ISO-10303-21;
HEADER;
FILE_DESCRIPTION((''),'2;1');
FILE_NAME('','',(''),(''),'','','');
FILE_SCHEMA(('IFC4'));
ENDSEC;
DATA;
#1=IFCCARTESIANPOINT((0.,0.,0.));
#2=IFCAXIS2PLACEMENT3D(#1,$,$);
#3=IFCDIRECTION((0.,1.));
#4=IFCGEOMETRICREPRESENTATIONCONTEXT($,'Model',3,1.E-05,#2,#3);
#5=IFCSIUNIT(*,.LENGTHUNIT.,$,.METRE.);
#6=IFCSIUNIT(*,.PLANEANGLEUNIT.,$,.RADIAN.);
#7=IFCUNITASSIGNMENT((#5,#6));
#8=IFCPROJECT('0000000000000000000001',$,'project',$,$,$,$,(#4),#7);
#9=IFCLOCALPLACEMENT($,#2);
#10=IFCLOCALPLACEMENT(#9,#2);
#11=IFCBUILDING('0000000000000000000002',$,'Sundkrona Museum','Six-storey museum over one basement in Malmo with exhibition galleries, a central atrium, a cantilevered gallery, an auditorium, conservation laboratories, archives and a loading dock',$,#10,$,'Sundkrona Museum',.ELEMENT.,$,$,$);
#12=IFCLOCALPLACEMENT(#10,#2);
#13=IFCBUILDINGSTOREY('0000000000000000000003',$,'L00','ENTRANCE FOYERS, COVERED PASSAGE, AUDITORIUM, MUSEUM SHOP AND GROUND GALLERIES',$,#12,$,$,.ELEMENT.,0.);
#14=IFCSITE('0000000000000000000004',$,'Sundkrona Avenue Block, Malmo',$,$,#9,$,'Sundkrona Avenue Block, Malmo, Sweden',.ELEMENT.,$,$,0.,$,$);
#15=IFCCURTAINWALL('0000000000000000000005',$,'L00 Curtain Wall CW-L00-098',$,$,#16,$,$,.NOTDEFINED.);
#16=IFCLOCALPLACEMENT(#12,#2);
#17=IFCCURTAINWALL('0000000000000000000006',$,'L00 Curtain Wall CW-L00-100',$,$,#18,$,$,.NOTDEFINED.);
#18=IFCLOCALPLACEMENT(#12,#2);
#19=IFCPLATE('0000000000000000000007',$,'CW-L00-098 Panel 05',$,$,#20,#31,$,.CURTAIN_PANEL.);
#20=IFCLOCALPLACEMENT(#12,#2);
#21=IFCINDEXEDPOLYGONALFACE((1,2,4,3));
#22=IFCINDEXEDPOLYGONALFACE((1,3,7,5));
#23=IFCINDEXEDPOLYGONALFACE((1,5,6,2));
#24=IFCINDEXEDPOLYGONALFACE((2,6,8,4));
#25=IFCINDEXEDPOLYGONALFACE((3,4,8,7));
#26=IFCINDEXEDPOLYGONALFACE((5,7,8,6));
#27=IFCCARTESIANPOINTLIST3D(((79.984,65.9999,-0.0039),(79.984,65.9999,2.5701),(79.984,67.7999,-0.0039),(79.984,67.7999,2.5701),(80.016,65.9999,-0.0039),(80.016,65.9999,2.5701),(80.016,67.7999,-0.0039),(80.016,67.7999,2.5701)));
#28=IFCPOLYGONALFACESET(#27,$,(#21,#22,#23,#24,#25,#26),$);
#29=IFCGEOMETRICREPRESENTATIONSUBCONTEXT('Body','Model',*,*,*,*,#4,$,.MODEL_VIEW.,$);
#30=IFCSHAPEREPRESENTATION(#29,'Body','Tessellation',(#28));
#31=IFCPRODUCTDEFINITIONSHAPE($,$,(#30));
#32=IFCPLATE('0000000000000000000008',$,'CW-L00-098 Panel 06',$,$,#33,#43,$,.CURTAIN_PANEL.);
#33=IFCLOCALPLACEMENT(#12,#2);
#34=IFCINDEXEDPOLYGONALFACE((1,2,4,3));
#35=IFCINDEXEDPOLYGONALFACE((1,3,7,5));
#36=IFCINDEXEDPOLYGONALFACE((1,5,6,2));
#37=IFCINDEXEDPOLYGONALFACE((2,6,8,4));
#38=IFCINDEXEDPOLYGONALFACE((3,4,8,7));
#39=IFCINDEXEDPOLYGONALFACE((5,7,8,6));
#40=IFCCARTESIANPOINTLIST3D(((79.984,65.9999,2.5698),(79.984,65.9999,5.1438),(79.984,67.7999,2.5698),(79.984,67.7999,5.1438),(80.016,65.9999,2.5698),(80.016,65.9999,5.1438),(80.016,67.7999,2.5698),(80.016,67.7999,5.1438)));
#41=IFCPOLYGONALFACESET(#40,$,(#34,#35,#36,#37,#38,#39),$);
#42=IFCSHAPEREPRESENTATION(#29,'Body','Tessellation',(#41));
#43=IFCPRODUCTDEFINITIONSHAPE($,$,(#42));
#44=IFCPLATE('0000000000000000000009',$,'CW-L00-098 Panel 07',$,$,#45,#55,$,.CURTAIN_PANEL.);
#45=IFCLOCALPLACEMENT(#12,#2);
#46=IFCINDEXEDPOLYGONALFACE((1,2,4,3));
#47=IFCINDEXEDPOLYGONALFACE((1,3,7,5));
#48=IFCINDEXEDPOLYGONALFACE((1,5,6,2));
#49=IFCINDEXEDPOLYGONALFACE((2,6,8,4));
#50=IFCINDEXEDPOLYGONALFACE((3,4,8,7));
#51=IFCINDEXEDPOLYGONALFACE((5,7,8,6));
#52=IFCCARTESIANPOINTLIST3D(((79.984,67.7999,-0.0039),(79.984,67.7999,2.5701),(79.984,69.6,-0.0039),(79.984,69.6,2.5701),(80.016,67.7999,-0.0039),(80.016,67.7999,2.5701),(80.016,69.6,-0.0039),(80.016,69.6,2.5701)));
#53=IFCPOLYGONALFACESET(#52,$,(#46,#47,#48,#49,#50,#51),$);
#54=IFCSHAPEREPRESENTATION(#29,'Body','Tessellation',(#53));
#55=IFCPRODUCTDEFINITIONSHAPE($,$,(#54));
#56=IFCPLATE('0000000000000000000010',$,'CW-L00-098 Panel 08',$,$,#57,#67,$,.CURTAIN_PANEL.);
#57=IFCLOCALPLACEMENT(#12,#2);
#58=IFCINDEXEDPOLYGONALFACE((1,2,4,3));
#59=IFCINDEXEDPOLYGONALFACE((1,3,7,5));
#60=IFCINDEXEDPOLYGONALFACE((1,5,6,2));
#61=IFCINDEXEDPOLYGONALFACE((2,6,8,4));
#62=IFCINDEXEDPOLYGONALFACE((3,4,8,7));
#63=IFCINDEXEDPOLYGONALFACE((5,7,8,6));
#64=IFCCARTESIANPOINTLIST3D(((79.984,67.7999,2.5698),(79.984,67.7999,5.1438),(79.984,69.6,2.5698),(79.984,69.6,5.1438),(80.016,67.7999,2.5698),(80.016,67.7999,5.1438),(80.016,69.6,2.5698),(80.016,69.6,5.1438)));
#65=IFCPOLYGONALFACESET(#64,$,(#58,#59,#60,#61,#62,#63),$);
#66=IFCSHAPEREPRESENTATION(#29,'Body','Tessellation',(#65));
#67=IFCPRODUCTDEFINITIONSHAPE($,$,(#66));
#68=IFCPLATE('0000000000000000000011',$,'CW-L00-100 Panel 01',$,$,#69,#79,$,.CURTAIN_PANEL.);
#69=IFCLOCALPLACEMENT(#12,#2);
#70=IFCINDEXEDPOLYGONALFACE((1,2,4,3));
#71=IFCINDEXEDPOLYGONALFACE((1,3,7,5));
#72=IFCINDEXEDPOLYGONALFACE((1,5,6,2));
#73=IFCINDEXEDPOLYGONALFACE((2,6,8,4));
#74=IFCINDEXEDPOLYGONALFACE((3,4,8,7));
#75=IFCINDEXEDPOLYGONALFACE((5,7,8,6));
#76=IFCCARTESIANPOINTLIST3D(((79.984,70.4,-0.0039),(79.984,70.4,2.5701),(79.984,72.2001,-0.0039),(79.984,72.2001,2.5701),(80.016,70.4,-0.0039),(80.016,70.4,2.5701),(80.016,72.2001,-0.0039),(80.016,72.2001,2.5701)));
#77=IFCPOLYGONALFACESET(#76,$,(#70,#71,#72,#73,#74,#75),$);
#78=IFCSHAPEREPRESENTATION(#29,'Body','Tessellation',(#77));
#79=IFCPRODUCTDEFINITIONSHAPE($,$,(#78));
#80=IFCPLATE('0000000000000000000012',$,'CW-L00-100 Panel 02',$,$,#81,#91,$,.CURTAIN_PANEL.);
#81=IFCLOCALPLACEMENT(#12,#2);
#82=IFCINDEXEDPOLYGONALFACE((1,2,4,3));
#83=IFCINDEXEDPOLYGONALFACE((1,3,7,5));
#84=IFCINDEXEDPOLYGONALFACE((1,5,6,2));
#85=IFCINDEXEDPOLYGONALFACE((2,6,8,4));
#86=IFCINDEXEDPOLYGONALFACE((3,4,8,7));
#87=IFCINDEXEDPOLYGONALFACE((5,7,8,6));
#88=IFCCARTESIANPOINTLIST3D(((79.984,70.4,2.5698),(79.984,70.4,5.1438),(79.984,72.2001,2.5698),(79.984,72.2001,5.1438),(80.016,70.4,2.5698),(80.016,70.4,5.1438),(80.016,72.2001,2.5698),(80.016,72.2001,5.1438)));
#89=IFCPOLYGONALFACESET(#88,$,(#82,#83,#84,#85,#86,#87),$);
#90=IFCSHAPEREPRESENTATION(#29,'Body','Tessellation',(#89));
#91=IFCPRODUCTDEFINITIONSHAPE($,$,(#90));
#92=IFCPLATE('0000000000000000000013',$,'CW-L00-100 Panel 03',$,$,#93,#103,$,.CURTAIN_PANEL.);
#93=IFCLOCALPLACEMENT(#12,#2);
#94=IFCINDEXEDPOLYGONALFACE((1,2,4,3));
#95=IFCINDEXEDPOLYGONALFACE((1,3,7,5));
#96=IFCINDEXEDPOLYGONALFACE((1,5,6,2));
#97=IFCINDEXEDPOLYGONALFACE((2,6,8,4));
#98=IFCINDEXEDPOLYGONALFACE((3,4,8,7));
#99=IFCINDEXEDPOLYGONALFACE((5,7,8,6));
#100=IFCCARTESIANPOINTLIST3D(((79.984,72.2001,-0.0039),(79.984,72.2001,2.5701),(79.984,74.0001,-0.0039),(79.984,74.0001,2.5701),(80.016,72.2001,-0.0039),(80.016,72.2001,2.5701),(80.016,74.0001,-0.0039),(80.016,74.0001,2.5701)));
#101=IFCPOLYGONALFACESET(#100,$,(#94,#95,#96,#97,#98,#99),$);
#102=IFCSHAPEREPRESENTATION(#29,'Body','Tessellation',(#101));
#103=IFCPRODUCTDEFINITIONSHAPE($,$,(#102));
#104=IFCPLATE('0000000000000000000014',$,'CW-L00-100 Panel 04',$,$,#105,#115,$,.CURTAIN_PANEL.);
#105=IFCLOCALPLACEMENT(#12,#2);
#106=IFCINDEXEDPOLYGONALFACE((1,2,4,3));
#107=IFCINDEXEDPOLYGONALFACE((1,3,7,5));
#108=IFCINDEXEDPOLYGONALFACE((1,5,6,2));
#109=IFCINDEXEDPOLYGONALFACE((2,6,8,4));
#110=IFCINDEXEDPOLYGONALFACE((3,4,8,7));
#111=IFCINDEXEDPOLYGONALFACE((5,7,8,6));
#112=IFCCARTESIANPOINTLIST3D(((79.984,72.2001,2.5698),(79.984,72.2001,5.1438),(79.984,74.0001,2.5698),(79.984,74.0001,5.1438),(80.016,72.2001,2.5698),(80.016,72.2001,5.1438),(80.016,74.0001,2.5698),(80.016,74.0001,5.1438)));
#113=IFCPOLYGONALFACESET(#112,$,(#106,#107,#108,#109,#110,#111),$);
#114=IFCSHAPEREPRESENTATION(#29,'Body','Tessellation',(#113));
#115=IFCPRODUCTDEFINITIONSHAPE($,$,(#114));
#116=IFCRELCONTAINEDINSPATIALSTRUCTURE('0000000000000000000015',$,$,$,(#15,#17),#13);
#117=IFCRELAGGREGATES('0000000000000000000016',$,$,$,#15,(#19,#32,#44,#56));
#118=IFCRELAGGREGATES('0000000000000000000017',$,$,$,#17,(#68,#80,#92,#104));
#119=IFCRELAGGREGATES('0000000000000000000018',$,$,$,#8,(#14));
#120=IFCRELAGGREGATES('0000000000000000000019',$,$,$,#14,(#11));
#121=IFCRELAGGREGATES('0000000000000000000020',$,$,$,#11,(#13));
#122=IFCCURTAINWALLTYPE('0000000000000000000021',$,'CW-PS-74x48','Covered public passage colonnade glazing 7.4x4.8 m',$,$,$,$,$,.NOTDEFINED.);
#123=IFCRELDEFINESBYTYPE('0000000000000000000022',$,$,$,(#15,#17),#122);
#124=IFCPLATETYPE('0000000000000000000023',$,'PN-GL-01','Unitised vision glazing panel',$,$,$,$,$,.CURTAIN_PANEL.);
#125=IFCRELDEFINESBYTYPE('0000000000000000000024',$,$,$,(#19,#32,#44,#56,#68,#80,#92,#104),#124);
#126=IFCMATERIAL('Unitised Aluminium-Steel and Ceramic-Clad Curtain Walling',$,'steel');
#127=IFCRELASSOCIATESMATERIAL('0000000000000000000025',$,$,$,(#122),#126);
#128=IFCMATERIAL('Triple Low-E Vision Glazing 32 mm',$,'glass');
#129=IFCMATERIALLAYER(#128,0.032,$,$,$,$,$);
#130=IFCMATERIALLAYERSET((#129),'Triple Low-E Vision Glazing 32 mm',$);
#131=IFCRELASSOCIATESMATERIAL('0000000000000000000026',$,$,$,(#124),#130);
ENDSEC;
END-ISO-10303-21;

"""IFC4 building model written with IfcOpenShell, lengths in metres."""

from ifc_helpers import new_model, si_unit, direction, frame, origin, origin_2d, place, context, subcontext, project, spatial, rectangle, extrude, material, layer, layer_set, type_object, element, aggregate, save


model = new_model("IFC4")

# Units and contexts
model_context = context("Model", 3, precision=1e-05, world=origin(), true_north=direction((0.0, 1.0)))
body_context = subcontext(model_context, "Body", "Model", "MODEL_VIEW")
ifc_project = project(units=[si_unit("LENGTHUNIT", "METRE"), si_unit("PLANEANGLEUNIT", "RADIAN")], contexts=[model_context])

# Site, building, storey
site_placement = place(None, origin())
site = spatial("IfcSite", under=ifc_project, at=site_placement, Name="Sundkrona Avenue Block, Malmo", LongName="Sundkrona Avenue Block, Malmo, Sweden", CompositionType="ELEMENT", RefElevation=0.0)
building_placement = place(site_placement, origin())
building = spatial("IfcBuilding", under=site, at=building_placement, Name="Sundkrona Museum", Description="Six-storey museum over one basement in Malmo with exhibition galleries, a central atrium, a cantilevered gallery, an auditorium, conservation laboratories, archives and a loading dock", LongName="Sundkrona Museum", CompositionType="ELEMENT")
storey_placement = place(building_placement, origin())
storey = spatial("IfcBuildingStorey", under=building, at=storey_placement, Name="L00", Description="ENTRANCE FOYERS, COVERED PASSAGE, AUDITORIUM, MUSEUM SHOP AND GROUND GALLERIES", CompositionType="ELEMENT", Elevation=0.0)

# Curtain walls
ifc_material_1 = material(Name="Unitised Aluminium-Steel and Ceramic-Clad Curtain Walling", Category="steel")
curtain_wall_type = type_object("IfcCurtainWallType", Name="CW-PS-74x48", Description="Covered public passage colonnade glazing 7.4x4.8 m", PredefinedType="NOTDEFINED", material=ifc_material_1)
curtain_wall_1_placement = place(storey_placement, origin())
curtain_wall_1 = element("IfcCurtainWall", 1, at=curtain_wall_1_placement, inside=storey, type_object=curtain_wall_type, Name="L00 Curtain Wall CW-L00-098", PredefinedType="NOTDEFINED")
curtain_wall_2_placement = place(storey_placement, origin())
curtain_wall_2 = element("IfcCurtainWall", 2, at=curtain_wall_2_placement, inside=storey, type_object=curtain_wall_type, Name="L00 Curtain Wall CW-L00-100", PredefinedType="NOTDEFINED")

# Plates
ifc_material_2 = material(Name="Triple Low-E Vision Glazing 32 mm", Category="glass")
ifc_layer = layer(ifc_material_2, 0.032)
ifc_layer_set = layer_set([ifc_layer], Name="Triple Low-E Vision Glazing 32 mm")
plate_type = type_object("IfcPlateType", Name="PN-GL-01", Description="Unitised vision glazing panel", PredefinedType="CURTAIN_PANEL", material=ifc_layer_set)
plate_1_placement = place(storey_placement, frame((80.0, 66.8999, -0.0039), z_axis=(0.0, 0.0, 1.0), x_axis=(0.0, 1.0, 0.0)))
plate_1 = element("IfcPlate", 3, at=plate_1_placement, type_object=plate_type, Name="CW-L00-098 Panel 05", PredefinedType="CURTAIN_PANEL", context=body_context, shape_type="SweptSolid", body=[
    extrude(rectangle(XDim=1.8, YDim=0.032, at=origin_2d()), origin(), (0.0, 0.0, 1.0), 2.574),
])
plate_2_placement = place(storey_placement, frame((80.0, 66.8999, 2.5698), z_axis=(0.0, 0.0, 1.0), x_axis=(0.0, 1.0, 0.0)))
plate_2 = element("IfcPlate", 4, at=plate_2_placement, type_object=plate_type, Name="CW-L00-098 Panel 06", PredefinedType="CURTAIN_PANEL", context=body_context, shape_type="SweptSolid", body=[
    extrude(rectangle(XDim=1.8, YDim=0.032, at=origin_2d()), origin(), (0.0, 0.0, 1.0), 2.574),
])
plate_3_placement = place(storey_placement, frame((80.0, 68.7, -0.0039), z_axis=(0.0, 0.0, 1.0), x_axis=(0.0, 1.0, 0.0)))
plate_3 = element("IfcPlate", 5, at=plate_3_placement, type_object=plate_type, Name="CW-L00-098 Panel 07", PredefinedType="CURTAIN_PANEL", context=body_context, shape_type="SweptSolid", body=[
    extrude(rectangle(XDim=1.8, YDim=0.032, at=origin_2d()), origin(), (0.0, 0.0, 1.0), 2.574),
])
plate_4_placement = place(storey_placement, frame((80.0, 68.7, 2.5698), z_axis=(0.0, 0.0, 1.0), x_axis=(0.0, 1.0, 0.0)))
plate_4 = element("IfcPlate", 6, at=plate_4_placement, type_object=plate_type, Name="CW-L00-098 Panel 08", PredefinedType="CURTAIN_PANEL", context=body_context, shape_type="SweptSolid", body=[
    extrude(rectangle(XDim=1.8, YDim=0.032, at=origin_2d()), origin(), (0.0, 0.0, 1.0), 2.574),
])
aggregate(curtain_wall_1, [plate_1, plate_2, plate_3, plate_4])
plate_5_placement = place(storey_placement, frame((80.0, 71.3, -0.0039), z_axis=(0.0, 0.0, 1.0), x_axis=(0.0, 1.0, 0.0)))
plate_5 = element("IfcPlate", 7, at=plate_5_placement, type_object=plate_type, Name="CW-L00-100 Panel 01", PredefinedType="CURTAIN_PANEL", context=body_context, shape_type="SweptSolid", body=[
    extrude(rectangle(XDim=1.8, YDim=0.032, at=origin_2d()), origin(), (0.0, 0.0, 1.0), 2.574),
])
plate_6_placement = place(storey_placement, frame((80.0, 71.3, 2.5698), z_axis=(0.0, 0.0, 1.0), x_axis=(0.0, 1.0, 0.0)))
plate_6 = element("IfcPlate", 8, at=plate_6_placement, type_object=plate_type, Name="CW-L00-100 Panel 02", PredefinedType="CURTAIN_PANEL", context=body_context, shape_type="SweptSolid", body=[
    extrude(rectangle(XDim=1.8, YDim=0.032, at=origin_2d()), origin(), (0.0, 0.0, 1.0), 2.574),
])
plate_7_placement = place(storey_placement, frame((80.0, 73.1001, -0.0039), z_axis=(0.0, 0.0, 1.0), x_axis=(0.0, 1.0, 0.0)))
plate_7 = element("IfcPlate", 9, at=plate_7_placement, type_object=plate_type, Name="CW-L00-100 Panel 03", PredefinedType="CURTAIN_PANEL", context=body_context, shape_type="SweptSolid", body=[
    extrude(rectangle(XDim=1.8, YDim=0.032, at=origin_2d()), origin(), (0.0, 0.0, 1.0), 2.574),
])
plate_8_placement = place(storey_placement, frame((80.0, 73.1001, 2.5698), z_axis=(0.0, 0.0, 1.0), x_axis=(0.0, 1.0, 0.0)))
plate_8 = element("IfcPlate", 10, at=plate_8_placement, type_object=plate_type, Name="CW-L00-100 Panel 04", PredefinedType="CURTAIN_PANEL", context=body_context, shape_type="SweptSolid", body=[
    extrude(rectangle(XDim=1.8, YDim=0.032, at=origin_2d()), origin(), (0.0, 0.0, 1.0), 2.574),
])
aggregate(curtain_wall_2, [plate_5, plate_6, plate_7, plate_8])

save(model, "model.ifc")
